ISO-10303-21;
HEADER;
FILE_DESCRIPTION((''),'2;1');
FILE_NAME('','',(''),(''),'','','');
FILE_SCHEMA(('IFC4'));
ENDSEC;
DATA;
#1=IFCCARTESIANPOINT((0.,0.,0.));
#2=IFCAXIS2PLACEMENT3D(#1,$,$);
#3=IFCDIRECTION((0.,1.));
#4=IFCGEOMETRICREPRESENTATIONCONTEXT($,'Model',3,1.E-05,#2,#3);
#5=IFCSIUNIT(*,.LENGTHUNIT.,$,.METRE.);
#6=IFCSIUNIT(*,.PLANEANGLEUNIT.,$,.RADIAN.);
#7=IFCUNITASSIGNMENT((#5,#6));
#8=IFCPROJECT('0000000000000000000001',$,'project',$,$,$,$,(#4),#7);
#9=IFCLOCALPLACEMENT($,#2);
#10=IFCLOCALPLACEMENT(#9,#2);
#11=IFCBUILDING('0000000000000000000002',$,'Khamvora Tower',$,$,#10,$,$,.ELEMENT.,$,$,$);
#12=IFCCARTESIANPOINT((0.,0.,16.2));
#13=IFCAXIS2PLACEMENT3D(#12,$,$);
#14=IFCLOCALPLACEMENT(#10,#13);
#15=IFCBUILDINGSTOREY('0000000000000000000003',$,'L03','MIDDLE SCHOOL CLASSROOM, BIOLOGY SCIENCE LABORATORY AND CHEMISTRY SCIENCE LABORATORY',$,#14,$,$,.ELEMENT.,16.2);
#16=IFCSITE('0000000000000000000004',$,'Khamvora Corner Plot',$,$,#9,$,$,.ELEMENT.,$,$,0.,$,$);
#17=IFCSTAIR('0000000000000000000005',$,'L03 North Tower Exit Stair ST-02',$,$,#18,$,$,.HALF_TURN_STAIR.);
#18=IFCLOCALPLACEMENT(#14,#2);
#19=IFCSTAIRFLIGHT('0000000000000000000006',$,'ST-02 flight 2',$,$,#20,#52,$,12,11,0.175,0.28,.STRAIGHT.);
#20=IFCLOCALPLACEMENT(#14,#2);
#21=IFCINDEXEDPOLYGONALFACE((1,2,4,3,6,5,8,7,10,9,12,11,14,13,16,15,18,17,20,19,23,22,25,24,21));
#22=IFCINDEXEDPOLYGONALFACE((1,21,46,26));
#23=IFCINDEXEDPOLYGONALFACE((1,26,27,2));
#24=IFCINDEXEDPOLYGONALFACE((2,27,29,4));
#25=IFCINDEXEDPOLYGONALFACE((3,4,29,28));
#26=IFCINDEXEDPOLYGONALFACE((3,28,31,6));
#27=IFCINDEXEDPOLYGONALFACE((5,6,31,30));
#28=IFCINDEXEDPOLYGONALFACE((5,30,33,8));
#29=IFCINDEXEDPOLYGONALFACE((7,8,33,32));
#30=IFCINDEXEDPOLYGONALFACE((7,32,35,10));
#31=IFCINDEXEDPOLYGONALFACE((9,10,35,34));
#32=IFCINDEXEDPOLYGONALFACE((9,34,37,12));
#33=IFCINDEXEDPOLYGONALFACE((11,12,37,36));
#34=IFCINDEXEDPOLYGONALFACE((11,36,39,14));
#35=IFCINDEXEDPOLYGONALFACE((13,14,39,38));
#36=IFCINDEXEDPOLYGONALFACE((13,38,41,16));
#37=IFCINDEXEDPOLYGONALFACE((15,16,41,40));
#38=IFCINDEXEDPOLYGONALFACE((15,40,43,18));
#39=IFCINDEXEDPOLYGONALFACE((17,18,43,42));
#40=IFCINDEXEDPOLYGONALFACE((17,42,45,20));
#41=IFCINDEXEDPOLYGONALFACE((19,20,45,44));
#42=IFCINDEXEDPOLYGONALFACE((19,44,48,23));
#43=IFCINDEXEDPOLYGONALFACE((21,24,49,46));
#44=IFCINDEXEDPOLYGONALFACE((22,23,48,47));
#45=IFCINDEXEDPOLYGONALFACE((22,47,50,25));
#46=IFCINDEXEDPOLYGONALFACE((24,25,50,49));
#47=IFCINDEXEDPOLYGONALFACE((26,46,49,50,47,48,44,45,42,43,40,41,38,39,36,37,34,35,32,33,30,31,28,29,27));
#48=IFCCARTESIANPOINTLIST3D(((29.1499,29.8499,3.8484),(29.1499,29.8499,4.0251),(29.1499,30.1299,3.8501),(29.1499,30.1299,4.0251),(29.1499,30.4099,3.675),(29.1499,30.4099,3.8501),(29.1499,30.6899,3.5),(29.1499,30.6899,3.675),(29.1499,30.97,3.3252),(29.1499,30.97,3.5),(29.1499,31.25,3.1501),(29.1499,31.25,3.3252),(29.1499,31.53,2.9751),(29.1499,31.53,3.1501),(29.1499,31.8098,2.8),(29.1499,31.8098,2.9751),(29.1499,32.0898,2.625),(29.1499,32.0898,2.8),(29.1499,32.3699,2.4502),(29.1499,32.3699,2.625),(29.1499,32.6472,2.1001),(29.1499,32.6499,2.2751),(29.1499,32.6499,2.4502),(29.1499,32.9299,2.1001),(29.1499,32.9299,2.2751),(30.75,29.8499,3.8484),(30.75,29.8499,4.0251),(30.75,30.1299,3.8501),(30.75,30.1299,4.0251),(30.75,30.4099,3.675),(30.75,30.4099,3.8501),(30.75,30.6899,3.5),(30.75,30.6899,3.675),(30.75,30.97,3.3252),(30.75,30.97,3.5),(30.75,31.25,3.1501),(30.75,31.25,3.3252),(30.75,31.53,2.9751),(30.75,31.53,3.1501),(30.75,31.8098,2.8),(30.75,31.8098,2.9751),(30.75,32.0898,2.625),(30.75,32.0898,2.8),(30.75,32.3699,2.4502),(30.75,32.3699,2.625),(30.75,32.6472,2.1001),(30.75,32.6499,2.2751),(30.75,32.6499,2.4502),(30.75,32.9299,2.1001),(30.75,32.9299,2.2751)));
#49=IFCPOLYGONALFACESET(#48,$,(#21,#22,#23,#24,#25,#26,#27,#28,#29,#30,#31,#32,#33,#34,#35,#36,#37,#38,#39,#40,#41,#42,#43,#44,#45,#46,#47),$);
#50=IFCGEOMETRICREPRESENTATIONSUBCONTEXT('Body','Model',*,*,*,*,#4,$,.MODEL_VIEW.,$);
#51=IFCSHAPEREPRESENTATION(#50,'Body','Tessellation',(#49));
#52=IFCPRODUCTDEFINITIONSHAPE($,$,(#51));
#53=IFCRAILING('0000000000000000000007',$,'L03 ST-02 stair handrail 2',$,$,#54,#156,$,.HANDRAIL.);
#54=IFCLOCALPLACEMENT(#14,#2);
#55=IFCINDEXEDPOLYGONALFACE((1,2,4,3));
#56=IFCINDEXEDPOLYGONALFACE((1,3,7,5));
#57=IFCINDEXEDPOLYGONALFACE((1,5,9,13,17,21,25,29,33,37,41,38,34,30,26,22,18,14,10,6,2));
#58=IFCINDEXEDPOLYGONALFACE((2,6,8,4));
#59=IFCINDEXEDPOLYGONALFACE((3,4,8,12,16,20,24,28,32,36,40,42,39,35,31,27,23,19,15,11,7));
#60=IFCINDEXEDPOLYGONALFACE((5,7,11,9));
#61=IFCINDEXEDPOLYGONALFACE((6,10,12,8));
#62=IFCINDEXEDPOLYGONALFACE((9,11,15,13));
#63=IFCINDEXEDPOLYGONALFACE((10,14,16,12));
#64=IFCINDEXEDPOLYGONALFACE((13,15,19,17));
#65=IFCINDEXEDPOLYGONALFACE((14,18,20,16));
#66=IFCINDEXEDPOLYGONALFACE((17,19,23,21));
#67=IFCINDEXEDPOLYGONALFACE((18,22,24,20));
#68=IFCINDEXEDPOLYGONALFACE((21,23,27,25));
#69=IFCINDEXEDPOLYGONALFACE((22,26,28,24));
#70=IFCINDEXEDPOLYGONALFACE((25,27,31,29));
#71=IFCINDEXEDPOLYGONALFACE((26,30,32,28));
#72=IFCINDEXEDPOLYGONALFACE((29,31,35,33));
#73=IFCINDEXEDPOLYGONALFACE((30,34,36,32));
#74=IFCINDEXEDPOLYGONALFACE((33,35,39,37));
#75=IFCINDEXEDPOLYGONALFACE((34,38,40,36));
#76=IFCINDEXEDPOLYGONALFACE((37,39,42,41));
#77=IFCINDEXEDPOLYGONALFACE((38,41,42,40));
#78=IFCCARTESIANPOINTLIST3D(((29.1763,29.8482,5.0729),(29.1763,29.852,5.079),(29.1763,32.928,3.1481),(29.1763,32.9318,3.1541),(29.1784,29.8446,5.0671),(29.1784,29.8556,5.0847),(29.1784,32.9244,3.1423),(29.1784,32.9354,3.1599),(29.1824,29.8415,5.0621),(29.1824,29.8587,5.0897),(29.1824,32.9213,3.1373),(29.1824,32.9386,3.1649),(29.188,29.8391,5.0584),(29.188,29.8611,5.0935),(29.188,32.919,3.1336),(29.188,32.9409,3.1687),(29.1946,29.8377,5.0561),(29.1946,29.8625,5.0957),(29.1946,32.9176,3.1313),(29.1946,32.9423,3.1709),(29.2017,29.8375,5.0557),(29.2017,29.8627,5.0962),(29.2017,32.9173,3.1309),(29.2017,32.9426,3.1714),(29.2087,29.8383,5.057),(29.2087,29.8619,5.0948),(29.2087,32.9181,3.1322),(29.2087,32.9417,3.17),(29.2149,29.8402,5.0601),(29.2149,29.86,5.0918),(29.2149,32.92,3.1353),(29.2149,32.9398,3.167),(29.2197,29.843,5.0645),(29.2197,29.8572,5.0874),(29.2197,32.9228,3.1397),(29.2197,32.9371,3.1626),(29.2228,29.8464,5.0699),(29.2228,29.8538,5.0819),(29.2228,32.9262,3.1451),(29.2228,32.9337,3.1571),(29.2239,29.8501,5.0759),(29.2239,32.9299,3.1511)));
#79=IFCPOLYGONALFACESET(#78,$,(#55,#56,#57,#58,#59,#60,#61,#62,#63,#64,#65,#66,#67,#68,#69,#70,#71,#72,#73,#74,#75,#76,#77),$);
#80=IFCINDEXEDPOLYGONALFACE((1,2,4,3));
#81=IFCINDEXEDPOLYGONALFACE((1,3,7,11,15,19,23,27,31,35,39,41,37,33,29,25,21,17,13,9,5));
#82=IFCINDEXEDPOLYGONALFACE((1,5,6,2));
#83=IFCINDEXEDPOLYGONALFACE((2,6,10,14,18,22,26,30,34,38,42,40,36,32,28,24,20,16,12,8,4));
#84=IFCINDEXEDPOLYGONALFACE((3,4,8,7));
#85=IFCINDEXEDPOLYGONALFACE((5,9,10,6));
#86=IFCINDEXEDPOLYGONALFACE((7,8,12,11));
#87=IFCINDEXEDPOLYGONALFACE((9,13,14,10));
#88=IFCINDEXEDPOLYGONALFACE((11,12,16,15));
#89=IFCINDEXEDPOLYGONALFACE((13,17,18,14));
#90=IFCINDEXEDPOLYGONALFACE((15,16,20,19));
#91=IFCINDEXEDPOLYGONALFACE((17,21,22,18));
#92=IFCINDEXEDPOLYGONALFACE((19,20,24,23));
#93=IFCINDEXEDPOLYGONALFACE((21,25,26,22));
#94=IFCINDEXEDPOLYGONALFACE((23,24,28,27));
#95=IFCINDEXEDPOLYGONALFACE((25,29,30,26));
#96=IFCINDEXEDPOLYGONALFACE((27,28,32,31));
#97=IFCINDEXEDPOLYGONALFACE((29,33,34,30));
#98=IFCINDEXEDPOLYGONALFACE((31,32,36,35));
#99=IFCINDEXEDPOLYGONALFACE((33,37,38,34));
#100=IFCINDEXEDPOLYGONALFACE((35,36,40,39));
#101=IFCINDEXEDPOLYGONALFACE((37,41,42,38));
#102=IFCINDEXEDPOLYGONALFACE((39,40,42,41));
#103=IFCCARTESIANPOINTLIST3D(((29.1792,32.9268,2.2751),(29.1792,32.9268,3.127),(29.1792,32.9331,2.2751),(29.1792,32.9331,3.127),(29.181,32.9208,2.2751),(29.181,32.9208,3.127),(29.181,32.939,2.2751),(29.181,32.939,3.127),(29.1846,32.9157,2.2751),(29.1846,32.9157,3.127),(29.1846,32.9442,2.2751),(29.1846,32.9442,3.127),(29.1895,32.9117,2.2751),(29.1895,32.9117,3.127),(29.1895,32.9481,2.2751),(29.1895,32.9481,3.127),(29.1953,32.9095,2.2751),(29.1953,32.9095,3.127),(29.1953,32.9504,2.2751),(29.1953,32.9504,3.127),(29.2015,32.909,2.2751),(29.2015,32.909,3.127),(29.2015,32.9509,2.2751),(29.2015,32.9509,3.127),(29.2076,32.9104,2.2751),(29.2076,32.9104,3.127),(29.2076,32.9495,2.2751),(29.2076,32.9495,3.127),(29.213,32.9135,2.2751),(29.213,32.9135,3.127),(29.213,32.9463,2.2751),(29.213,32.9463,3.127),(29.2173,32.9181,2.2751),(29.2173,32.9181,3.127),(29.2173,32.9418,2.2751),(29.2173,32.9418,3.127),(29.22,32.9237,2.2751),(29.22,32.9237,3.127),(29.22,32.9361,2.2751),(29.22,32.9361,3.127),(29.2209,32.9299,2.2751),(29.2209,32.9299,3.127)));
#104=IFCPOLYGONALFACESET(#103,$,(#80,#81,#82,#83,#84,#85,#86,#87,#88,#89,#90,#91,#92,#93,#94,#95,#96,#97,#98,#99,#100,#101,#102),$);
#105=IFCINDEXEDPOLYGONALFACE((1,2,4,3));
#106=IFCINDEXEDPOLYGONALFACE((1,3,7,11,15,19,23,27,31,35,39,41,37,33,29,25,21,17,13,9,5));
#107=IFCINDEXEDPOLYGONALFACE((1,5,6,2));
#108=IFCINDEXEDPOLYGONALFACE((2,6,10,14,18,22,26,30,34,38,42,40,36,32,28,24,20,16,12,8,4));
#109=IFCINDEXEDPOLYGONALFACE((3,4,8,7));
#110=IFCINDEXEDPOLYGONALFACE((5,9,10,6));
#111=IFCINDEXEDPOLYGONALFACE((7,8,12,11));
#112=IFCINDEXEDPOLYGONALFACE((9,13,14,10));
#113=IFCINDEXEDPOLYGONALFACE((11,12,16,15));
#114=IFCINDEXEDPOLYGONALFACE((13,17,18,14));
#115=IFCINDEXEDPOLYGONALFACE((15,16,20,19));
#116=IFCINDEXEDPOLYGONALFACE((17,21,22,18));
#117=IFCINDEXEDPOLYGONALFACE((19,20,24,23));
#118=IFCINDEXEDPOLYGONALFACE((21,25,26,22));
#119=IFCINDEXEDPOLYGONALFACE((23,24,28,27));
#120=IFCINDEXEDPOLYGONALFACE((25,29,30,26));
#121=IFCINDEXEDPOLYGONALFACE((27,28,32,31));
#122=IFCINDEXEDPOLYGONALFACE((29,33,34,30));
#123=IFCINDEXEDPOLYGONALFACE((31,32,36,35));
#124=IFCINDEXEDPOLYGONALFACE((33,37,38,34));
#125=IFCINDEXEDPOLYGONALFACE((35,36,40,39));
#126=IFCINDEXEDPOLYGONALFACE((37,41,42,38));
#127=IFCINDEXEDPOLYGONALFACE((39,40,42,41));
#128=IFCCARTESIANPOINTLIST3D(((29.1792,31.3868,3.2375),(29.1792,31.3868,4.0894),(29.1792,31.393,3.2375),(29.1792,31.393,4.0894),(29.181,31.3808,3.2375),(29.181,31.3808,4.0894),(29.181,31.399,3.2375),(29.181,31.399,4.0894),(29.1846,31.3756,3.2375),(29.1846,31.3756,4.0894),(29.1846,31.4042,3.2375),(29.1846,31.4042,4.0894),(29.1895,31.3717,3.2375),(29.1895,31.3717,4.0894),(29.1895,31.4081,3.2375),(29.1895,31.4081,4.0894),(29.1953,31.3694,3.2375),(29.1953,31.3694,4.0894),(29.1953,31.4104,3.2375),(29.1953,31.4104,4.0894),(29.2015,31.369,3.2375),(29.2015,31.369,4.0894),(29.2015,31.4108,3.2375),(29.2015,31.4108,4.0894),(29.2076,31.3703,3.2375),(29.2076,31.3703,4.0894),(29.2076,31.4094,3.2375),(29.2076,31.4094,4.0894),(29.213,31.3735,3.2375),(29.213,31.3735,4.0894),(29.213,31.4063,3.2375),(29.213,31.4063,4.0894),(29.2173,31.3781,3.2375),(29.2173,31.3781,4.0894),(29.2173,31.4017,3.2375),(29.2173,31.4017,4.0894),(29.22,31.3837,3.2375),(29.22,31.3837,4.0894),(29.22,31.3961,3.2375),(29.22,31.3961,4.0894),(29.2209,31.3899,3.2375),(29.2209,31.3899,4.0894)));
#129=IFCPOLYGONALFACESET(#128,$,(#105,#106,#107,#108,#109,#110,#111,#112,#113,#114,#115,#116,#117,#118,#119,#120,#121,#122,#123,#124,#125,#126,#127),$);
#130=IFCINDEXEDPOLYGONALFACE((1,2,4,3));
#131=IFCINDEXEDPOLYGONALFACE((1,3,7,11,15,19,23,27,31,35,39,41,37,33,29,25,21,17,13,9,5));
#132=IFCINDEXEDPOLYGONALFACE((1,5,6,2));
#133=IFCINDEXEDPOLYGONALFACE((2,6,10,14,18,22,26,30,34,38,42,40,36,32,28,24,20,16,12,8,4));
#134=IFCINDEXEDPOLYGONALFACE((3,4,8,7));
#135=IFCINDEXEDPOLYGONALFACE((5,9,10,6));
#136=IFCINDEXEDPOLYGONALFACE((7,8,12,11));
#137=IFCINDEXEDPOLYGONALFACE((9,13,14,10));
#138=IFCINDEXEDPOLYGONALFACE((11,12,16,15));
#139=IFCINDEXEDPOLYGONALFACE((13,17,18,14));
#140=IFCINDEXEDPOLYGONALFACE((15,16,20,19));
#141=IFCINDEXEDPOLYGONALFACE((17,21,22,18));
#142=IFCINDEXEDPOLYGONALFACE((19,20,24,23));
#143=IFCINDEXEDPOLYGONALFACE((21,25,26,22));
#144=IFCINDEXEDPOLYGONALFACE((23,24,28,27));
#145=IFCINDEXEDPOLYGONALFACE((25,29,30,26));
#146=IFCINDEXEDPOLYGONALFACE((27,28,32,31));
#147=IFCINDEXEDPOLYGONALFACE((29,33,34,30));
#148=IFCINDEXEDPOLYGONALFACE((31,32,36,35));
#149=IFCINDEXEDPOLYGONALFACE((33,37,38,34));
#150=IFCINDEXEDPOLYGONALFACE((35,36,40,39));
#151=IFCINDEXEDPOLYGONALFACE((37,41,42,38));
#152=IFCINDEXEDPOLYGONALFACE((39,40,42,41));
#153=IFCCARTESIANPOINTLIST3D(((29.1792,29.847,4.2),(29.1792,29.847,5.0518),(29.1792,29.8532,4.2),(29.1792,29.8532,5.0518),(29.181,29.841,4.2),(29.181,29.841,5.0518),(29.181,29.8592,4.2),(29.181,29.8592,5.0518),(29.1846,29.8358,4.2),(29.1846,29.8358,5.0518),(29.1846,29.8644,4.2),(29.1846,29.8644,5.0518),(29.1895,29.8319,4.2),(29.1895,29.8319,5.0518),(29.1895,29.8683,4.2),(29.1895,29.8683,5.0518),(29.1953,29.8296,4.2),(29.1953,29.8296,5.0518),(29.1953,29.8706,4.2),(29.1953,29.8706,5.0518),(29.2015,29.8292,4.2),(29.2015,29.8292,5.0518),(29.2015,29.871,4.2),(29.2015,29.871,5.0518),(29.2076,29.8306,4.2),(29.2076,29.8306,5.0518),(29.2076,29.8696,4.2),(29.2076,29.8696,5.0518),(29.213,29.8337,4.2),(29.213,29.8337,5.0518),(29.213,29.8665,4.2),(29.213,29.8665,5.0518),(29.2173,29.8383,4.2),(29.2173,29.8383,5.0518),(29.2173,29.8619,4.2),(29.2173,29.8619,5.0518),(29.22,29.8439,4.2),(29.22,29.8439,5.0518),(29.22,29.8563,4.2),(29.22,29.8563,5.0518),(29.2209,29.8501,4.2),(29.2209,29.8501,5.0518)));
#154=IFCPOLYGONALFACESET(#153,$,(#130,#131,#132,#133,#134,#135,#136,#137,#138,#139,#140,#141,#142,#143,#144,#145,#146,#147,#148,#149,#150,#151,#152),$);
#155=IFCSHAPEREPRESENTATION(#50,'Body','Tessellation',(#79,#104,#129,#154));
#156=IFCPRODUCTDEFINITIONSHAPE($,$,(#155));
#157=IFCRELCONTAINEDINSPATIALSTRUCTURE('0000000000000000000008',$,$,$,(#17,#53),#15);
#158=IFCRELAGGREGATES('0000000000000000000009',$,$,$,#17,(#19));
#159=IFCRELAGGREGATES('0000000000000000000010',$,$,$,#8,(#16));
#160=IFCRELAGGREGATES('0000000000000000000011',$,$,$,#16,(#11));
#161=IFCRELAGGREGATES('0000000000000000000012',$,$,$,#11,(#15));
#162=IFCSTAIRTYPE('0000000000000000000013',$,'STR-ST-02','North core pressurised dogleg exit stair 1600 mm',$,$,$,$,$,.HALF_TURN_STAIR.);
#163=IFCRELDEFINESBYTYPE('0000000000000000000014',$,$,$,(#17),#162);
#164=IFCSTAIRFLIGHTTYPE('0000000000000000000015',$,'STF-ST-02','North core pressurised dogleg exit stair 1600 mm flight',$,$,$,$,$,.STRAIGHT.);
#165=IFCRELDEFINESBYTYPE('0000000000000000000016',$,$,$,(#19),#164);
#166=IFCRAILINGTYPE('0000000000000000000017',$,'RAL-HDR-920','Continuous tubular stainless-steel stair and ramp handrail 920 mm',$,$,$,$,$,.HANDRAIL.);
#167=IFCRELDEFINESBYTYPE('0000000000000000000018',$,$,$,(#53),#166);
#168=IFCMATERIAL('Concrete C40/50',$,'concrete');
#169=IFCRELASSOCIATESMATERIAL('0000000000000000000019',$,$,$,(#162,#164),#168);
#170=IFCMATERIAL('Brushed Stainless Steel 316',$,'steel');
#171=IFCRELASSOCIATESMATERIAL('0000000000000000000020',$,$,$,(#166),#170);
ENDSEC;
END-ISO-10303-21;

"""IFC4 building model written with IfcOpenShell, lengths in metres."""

from ifc_helpers import new_model, si_unit, direction, frame, origin, origin_2d, place, context, subcontext, project, spatial, polyline, circle, outline, extrude, material, type_object, element, aggregate, save


model = new_model("IFC4")

# Units and contexts
model_context = context("Model", 3, precision=1e-05, world=origin(), true_north=direction((0.0, 1.0)))
body_context = subcontext(model_context, "Body", "Model", "MODEL_VIEW")
ifc_project = project(units=[si_unit("LENGTHUNIT", "METRE"), si_unit("PLANEANGLEUNIT", "RADIAN")], contexts=[model_context])

# Site, building, storey
site_placement = place(None, origin())
site = spatial("IfcSite", under=ifc_project, at=site_placement, Name="Khamvora Corner Plot", CompositionType="ELEMENT", RefElevation=0.0)
building_placement = place(site_placement, origin())
building = spatial("IfcBuilding", under=site, at=building_placement, Name="Khamvora Tower", CompositionType="ELEMENT")
storey_placement = place(building_placement, frame((0.0, 0.0, 16.2)))
storey = spatial("IfcBuildingStorey", under=building, at=storey_placement, Name="L03", Description="MIDDLE SCHOOL CLASSROOM, BIOLOGY SCIENCE LABORATORY AND CHEMISTRY SCIENCE LABORATORY", CompositionType="ELEMENT", Elevation=16.2)

# Shared definitions
ifc_material_1 = material(Name="Concrete C40/50", Category="concrete")

# Stair, stair flight
stair_type = type_object("IfcStairType", Name="STR-ST-02", Description="North core pressurised dogleg exit stair 1600 mm", PredefinedType="HALF_TURN_STAIR", material=ifc_material_1)
stair_placement = place(storey_placement, origin())
stair = element("IfcStair", 1, at=stair_placement, inside=storey, type_object=stair_type, Name="L03 North Tower Exit Stair ST-02", PredefinedType="HALF_TURN_STAIR")
stair_flight_type = type_object("IfcStairFlightType", Name="STF-ST-02", Description="North core pressurised dogleg exit stair 1600 mm flight", PredefinedType="STRAIGHT", material=ifc_material_1)
stair_flight_placement = place(storey_placement, frame((29.95, 32.9299, 2.1001), z_axis=(0.0, 0.0, 1.0), x_axis=(0.0, -1.0, 0.0)))
stair_flight = element("IfcStairFlight", 2, at=stair_flight_placement, type_object=stair_flight_type, Name="ST-02 flight 2", NumberOfRisers=12, NumberOfTreads=11, PredefinedType="STRAIGHT", RiserHeight=0.175, TreadLength=0.28, context=body_context, shape_type="SweptSolid", body=[
    extrude(outline(polyline([(0.0, 0.0), (0.0, 0.175), (0.28, 0.175), (0.28, 0.3501), (0.5601, 0.3501), (0.5601, 0.5249), (0.8401, 0.5249), (0.8401, 0.7), (1.1201, 0.7), (1.1201, 0.875), (1.3999, 0.875), (1.3999, 1.05), (1.6799, 1.05), (1.6799, 1.2251), (1.96, 1.2251), (1.96, 1.3999), (2.24, 1.3999), (2.24, 1.575), (2.52, 1.575), (2.52, 1.75), (2.8, 1.75), (2.8, 1.925), (3.0801, 1.925), (3.0801, 2.1001), (3.0801, 1.7483), (0.2827, 0.0), (0.0, 0.0)])), frame((0.0, 0.8, 0.0), z_axis=(0.0, -1.0, 0.0), x_axis=(1.0, 0.0, 0.0)), (0.0, 0.0, 1.0), 1.6001),
])
aggregate(stair, [stair_flight])

# Railing
ifc_material_2 = material(Name="Brushed Stainless Steel 316", Category="steel")
railing_type_1 = type_object("IfcRailingType", Name="RAL-HDR-920", Description="Continuous tubular stainless-steel stair and ramp handrail 920 mm", PredefinedType="HANDRAIL", material=ifc_material_2)
railing_1_placement = place(storey_placement, frame((29.2, 32.9299, 2.2751)))
element("IfcRailing", 3, at=railing_1_placement, inside=storey, type_object=railing_type_1, Name="L03 ST-02 stair handrail 2", PredefinedType="HANDRAIL", context=body_context, shape_type="SweptSolid", body=[
    extrude(circle(Radius=0.0239, at=origin_2d()), frame((0.0, 0.0, 0.876), z_axis=(0.0, -0.84801, 0.529981), x_axis=(1.0, 0.0, 0.0)), (0.0, 0.0, 1.0), 3.6318),
    extrude(circle(Radius=0.021, at=origin_2d()), origin(), (0.0, 0.0, 1.0), 0.8518),
    extrude(circle(Radius=0.021, at=origin_2d()), frame((0.0, -1.54, 0.9624)), (0.0, 0.0, 1.0), 0.8518),
    extrude(circle(Radius=0.021, at=origin_2d()), frame((0.0, -3.0798, 1.9248)), (0.0, 0.0, 1.0), 0.8518),
])

save(model, "model.ifc")
